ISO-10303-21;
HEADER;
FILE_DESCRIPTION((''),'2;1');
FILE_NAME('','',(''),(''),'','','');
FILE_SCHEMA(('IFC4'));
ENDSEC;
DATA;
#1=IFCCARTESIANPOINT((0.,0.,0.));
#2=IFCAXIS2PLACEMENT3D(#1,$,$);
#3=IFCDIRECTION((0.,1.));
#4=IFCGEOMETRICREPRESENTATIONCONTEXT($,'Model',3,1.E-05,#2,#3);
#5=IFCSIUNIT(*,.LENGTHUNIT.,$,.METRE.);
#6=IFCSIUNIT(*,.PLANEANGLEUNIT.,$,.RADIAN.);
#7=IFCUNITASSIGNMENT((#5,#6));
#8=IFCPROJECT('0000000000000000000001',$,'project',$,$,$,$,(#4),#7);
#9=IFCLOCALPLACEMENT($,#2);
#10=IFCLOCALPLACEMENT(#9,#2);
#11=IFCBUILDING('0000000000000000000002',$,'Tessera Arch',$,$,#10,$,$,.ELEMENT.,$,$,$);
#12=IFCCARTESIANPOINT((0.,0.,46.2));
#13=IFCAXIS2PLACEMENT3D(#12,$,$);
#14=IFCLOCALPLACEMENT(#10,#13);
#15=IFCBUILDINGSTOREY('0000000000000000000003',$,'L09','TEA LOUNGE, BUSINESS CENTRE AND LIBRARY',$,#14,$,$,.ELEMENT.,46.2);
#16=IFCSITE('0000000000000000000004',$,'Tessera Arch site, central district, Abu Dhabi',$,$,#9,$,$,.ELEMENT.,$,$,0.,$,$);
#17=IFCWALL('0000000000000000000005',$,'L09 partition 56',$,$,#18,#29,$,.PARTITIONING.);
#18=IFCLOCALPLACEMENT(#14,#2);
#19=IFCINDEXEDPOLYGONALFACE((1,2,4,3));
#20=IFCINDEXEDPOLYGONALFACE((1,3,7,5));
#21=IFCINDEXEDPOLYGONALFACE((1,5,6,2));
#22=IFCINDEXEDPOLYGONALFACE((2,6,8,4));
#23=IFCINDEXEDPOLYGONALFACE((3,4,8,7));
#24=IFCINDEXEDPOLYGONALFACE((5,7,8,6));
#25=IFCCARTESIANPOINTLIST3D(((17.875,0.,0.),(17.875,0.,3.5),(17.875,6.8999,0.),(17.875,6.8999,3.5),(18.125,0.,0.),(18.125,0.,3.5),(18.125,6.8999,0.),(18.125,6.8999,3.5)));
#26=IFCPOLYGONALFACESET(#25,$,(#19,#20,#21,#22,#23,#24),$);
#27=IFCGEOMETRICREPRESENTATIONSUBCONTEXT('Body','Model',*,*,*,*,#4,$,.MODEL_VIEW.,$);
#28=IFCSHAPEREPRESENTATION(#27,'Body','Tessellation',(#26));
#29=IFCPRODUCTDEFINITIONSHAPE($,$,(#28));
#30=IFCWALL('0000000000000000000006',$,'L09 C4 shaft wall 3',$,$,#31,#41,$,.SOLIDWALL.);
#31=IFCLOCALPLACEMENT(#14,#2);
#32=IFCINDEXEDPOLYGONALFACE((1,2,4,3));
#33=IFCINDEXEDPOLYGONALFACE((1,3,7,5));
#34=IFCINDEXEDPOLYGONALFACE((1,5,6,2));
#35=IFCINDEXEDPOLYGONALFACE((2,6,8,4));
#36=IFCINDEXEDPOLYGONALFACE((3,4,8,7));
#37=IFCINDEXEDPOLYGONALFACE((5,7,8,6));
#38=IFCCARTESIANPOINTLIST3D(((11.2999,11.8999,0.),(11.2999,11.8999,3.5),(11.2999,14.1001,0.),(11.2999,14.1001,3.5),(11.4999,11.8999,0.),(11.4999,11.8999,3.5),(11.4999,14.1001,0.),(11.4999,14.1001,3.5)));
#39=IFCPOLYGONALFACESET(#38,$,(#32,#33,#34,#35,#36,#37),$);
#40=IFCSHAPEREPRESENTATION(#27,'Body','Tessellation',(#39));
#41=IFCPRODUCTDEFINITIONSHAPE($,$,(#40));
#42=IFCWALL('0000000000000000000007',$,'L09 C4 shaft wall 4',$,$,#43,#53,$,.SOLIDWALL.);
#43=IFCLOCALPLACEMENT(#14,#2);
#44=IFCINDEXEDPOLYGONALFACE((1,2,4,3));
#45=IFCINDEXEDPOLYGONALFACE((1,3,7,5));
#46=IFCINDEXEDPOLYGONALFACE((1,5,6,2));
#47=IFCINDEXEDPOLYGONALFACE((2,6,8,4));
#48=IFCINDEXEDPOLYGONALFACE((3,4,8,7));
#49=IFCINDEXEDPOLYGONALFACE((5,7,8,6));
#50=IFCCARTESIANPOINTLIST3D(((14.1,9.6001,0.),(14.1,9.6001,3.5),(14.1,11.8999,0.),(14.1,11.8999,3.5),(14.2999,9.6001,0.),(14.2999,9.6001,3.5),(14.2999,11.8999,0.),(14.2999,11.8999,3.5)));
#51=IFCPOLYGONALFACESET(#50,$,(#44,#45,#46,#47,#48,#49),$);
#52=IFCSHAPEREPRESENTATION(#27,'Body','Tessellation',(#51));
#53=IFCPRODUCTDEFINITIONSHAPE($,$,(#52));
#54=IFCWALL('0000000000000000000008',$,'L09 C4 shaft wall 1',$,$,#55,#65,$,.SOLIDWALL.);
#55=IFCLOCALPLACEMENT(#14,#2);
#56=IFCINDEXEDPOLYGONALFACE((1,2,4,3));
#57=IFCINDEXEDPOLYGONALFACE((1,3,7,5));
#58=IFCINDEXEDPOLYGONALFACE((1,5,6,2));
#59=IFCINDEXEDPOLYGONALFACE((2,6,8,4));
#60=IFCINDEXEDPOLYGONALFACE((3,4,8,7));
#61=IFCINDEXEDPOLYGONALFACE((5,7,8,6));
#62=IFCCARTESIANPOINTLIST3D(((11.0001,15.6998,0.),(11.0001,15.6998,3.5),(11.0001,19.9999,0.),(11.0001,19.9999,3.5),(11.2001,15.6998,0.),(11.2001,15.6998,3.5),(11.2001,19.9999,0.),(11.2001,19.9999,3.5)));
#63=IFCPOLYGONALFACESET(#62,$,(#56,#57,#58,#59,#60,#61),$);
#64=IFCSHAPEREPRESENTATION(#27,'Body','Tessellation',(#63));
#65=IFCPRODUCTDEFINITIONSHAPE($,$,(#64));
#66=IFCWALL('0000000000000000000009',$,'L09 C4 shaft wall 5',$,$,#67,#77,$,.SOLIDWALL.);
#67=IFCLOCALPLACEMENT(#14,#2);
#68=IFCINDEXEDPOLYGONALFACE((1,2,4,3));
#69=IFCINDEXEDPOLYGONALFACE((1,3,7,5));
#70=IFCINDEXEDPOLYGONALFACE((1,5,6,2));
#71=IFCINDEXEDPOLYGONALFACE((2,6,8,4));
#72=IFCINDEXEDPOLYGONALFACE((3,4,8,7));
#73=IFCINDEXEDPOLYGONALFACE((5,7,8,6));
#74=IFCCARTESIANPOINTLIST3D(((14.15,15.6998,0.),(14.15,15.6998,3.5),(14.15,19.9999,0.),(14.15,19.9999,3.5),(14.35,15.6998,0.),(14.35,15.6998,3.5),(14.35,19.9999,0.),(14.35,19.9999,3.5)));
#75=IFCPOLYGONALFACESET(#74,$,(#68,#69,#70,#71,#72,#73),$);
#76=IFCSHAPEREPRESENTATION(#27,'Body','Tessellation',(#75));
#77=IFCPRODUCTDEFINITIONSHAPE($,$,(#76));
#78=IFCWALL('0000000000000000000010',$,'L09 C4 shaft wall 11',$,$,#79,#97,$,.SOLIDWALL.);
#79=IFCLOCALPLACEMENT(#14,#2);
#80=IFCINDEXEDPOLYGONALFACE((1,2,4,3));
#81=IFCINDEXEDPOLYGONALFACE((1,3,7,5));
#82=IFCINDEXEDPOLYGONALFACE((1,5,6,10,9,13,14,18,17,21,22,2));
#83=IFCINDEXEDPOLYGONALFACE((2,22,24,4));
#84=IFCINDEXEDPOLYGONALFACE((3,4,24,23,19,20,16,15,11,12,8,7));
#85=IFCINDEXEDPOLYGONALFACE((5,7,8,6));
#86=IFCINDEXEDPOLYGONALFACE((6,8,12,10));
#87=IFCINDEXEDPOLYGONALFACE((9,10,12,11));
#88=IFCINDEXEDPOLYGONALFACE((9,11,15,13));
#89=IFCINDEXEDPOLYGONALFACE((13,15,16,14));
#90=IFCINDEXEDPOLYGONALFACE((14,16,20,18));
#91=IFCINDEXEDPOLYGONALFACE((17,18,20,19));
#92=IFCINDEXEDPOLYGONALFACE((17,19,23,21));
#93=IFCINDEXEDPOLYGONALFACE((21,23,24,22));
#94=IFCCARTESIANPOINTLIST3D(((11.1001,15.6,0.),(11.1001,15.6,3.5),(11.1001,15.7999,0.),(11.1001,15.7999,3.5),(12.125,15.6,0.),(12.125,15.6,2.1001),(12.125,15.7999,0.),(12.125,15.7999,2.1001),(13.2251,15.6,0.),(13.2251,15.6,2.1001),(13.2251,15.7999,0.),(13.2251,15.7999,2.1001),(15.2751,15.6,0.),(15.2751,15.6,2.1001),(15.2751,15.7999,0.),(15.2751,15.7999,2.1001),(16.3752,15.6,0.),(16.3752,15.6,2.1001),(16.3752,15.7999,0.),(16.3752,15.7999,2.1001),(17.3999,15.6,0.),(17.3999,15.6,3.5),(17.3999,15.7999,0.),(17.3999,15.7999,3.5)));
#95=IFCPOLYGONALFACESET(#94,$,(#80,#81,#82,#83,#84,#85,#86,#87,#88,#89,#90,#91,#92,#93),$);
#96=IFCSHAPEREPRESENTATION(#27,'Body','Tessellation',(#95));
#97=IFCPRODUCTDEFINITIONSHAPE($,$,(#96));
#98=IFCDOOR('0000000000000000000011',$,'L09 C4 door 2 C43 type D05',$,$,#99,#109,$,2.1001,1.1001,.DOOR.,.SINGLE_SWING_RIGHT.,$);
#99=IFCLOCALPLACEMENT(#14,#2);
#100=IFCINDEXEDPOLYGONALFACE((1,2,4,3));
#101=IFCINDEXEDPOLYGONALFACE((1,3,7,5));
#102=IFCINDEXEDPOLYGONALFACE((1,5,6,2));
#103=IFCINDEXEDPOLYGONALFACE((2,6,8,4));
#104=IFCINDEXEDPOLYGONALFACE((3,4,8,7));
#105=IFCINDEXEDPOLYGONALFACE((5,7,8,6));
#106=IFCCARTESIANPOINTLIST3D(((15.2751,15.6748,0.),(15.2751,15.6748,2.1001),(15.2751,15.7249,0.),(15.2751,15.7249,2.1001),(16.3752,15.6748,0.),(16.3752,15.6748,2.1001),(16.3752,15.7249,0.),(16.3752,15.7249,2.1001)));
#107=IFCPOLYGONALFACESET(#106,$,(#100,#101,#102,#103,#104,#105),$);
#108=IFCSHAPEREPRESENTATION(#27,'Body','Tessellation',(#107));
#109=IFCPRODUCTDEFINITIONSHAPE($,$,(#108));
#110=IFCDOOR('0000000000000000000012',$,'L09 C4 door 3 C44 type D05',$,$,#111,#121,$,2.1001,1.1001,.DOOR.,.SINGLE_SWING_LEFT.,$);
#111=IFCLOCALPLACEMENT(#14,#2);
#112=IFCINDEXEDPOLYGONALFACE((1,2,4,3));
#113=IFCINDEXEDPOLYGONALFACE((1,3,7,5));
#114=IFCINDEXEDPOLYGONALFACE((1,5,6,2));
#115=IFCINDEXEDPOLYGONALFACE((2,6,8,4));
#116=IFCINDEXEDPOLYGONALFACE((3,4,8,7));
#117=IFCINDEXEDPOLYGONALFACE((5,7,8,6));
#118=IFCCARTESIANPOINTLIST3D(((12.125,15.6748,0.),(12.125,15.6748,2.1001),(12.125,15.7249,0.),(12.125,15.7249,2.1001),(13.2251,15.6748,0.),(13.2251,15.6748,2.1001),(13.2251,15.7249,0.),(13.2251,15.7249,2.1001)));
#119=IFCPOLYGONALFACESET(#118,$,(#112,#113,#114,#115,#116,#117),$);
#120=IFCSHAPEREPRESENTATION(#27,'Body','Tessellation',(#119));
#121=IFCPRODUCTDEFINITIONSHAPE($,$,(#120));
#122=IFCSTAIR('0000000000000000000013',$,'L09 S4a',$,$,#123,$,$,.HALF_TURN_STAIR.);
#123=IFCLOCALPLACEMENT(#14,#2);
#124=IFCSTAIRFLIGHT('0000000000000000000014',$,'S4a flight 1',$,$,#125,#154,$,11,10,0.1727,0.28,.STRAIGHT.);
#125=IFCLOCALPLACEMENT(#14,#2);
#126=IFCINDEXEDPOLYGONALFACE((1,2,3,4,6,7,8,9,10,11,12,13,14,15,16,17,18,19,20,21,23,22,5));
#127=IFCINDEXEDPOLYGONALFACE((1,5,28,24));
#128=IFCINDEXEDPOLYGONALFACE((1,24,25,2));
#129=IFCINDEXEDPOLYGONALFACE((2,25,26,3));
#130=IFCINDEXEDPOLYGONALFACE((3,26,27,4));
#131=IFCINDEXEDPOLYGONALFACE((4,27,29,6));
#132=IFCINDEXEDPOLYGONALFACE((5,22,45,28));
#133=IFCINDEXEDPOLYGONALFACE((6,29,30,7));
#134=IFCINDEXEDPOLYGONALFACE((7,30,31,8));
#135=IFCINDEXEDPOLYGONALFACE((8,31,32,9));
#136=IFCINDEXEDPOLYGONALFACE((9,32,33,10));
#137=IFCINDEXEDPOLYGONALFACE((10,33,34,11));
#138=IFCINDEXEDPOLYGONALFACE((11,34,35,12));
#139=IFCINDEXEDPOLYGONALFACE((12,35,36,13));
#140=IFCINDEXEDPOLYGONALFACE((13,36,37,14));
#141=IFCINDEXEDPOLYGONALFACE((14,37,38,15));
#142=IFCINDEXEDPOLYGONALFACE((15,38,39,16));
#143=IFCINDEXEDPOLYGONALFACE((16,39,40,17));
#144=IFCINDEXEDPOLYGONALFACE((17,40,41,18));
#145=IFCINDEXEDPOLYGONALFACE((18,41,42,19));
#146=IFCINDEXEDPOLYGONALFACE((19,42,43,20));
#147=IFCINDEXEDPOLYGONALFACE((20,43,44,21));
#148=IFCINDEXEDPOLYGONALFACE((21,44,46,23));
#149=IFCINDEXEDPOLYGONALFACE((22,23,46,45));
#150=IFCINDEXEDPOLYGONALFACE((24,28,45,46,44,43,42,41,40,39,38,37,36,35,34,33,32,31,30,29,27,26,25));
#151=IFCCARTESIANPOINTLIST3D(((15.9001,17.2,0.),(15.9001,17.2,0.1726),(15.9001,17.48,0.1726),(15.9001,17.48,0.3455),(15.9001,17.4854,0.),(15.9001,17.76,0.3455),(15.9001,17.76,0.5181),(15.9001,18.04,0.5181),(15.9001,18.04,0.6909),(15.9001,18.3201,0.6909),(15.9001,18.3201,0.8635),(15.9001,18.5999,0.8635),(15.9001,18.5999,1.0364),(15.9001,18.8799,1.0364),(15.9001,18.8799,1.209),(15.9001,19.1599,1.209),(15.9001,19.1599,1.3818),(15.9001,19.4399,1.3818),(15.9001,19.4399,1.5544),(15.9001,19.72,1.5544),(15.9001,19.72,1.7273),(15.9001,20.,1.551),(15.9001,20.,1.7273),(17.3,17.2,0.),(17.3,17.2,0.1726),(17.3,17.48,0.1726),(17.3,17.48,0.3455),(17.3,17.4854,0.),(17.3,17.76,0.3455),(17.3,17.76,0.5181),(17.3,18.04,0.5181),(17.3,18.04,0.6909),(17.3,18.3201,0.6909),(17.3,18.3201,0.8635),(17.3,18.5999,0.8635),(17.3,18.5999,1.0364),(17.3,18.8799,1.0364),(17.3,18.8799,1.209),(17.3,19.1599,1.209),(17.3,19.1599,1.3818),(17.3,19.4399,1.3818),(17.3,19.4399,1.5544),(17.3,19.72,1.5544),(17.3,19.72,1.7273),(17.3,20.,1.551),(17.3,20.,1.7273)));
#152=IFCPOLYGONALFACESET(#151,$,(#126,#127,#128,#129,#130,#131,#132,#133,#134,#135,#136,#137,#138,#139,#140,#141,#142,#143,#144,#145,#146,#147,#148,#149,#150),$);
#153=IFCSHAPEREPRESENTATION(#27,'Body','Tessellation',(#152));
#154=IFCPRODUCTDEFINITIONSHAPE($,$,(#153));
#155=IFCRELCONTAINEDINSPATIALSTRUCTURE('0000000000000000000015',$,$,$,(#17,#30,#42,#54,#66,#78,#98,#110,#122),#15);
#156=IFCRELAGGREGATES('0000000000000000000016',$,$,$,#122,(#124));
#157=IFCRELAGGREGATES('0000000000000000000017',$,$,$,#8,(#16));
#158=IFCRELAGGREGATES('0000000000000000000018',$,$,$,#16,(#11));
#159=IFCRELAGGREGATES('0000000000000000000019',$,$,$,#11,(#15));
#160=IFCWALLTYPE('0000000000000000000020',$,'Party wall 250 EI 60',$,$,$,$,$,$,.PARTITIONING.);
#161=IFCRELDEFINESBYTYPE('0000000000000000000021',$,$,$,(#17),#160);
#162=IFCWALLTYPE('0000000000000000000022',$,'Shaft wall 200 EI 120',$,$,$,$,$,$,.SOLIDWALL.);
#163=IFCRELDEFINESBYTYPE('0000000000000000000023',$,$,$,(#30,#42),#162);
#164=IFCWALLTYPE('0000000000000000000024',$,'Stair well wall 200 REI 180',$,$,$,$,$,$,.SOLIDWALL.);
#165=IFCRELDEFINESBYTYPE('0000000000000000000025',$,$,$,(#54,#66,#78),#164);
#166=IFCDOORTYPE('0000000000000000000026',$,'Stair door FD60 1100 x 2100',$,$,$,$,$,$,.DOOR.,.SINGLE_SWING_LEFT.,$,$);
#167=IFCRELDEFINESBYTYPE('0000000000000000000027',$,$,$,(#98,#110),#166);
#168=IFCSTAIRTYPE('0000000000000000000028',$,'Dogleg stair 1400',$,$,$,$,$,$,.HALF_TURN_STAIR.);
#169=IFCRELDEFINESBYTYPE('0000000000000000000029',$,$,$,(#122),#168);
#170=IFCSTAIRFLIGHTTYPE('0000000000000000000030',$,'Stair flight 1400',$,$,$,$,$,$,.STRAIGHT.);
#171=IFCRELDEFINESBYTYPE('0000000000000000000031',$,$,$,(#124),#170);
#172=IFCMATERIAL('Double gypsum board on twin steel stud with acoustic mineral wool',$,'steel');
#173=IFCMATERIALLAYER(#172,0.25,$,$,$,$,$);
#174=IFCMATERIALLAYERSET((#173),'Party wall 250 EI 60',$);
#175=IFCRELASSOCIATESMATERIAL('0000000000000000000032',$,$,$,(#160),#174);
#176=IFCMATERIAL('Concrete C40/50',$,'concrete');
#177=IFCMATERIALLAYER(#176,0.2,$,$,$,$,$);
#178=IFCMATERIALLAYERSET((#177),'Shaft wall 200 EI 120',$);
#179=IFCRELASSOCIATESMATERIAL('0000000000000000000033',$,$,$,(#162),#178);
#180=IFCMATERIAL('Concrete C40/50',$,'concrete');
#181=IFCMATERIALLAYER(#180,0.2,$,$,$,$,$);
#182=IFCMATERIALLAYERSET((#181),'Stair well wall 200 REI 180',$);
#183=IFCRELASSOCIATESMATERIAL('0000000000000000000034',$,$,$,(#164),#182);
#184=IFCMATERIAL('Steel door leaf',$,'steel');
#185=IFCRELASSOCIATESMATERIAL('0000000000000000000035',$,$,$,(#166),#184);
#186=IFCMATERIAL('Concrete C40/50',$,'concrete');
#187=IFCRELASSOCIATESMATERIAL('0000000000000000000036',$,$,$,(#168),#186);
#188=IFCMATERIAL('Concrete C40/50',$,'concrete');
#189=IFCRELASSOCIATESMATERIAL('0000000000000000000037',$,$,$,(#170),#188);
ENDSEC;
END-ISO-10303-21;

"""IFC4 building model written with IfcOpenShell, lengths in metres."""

from ifc_helpers import new_model, si_unit, direction, frame, frame_2d, origin, place, context, subcontext, project, spatial, polyline, rectangle, outline, extrude, material, layer, layer_set, type_object, element, fill, aggregate, save


model = new_model("IFC4")

# Units and contexts
model_context = context("Model", 3, precision=1e-05, world=origin(), true_north=direction((0.0, 1.0)))
body_context = subcontext(model_context, "Body", "Model", "MODEL_VIEW")
ifc_project = project(units=[si_unit("LENGTHUNIT", "METRE"), si_unit("PLANEANGLEUNIT", "RADIAN")], contexts=[model_context])

# Site, building, storey
site_placement = place(None, origin())
site = spatial("IfcSite", under=ifc_project, at=site_placement, Name="Tessera Arch site, central district, Abu Dhabi", CompositionType="ELEMENT", RefElevation=0.0)
building_placement = place(site_placement, origin())
building = spatial("IfcBuilding", under=site, at=building_placement, Name="Tessera Arch", CompositionType="ELEMENT")
storey_placement = place(building_placement, frame((0.0, 0.0, 46.2)))
storey = spatial("IfcBuildingStorey", under=building, at=storey_placement, Name="L09", Description="TEA LOUNGE, BUSINESS CENTRE AND LIBRARY", CompositionType="ELEMENT", Elevation=46.2)

# Walls
ifc_material_1 = material(Name="Double gypsum board on twin steel stud with acoustic mineral wool", Category="steel")
ifc_layer_1 = layer(ifc_material_1, 0.25)
ifc_layer_set_1 = layer_set([ifc_layer_1], Name="Party wall 250 EI 60")
wall_type_1 = type_object("IfcWallType", Name="Party wall 250 EI 60", PredefinedType="PARTITIONING", material=ifc_layer_set_1)
wall_1_placement = place(storey_placement, frame((18.0, 0.0, 0.0), z_axis=(0.0, 0.0, 1.0), x_axis=(0.0, 1.0, 0.0)))
element("IfcWall", 1, at=wall_1_placement, inside=storey, type_object=wall_type_1, Name="L09 partition 56", PredefinedType="PARTITIONING", context=body_context, shape_type="SweptSolid", body=[
    extrude(rectangle(XDim=6.8999, YDim=0.25, at=frame_2d((3.45, 0.0))), origin(), (0.0, 0.0, 1.0), 3.5),
])
ifc_material_2 = material(Name="Concrete C40/50", Category="concrete")
ifc_layer_2 = layer(ifc_material_2, 0.2)
ifc_layer_set_2 = layer_set([ifc_layer_2], Name="Shaft wall 200 EI 120")
wall_type_2 = type_object("IfcWallType", Name="Shaft wall 200 EI 120", PredefinedType="SOLIDWALL", material=ifc_layer_set_2)
wall_2_placement = place(storey_placement, frame((11.3999, 11.8999, 0.0), z_axis=(0.0, 0.0, 1.0), x_axis=(0.0, 1.0, 0.0)))
element("IfcWall", 2, at=wall_2_placement, inside=storey, type_object=wall_type_2, Name="L09 C4 shaft wall 3", PredefinedType="SOLIDWALL", context=body_context, shape_type="SweptSolid", body=[
    extrude(rectangle(XDim=2.2002, YDim=0.2, at=frame_2d((1.1001, 0.0))), origin(), (0.0, 0.0, 1.0), 3.5),
])
wall_3_placement = place(storey_placement, frame((14.2, 9.6001, 0.0), z_axis=(0.0, 0.0, 1.0), x_axis=(0.0, 1.0, 0.0)))
element("IfcWall", 3, at=wall_3_placement, inside=storey, type_object=wall_type_2, Name="L09 C4 shaft wall 4", PredefinedType="SOLIDWALL", context=body_context, shape_type="SweptSolid", body=[
    extrude(rectangle(XDim=2.2998, YDim=0.2, at=frame_2d((1.1499, 0.0))), origin(), (0.0, 0.0, 1.0), 3.5),
])
ifc_material_3 = material(Name="Concrete C40/50", Category="concrete")
ifc_layer_3 = layer(ifc_material_3, 0.2)
ifc_layer_set_3 = layer_set([ifc_layer_3], Name="Stair well wall 200 REI 180")
wall_type_3 = type_object("IfcWallType", Name="Stair well wall 200 REI 180", PredefinedType="SOLIDWALL", material=ifc_layer_set_3)
for number, where, z_axis, x_axis, name in (
    (4, (11.1001, 15.7, 0.0), (0.0, 0.0, 1.0), (0.0, 1.0, 0.0), "L09 C4 shaft wall 1"),
    (5, (14.25, 15.7, 0.0), (0.0, 0.0, 1.0), (0.0, 1.0, 0.0), "L09 C4 shaft wall 5"),
):
    element("IfcWall", number, at=place(storey_placement, frame(where, z_axis=z_axis, x_axis=x_axis)), inside=storey, type_object=wall_type_3, Name=name, PredefinedType="SOLIDWALL", context=body_context, shape_type="SweptSolid", body=[
        extrude(rectangle(XDim=4.3, YDim=0.2, at=frame_2d((2.1499, 0.0))), origin(), (0.0, 0.0, 1.0), 3.5),
    ])

# Wall, openings, doors
wall_4_placement = place(storey_placement, frame((11.1001, 15.7, 0.0), z_axis=(0.0, 0.0, 1.0), x_axis=(1.0, 0.0, 0.0)))
wall_4 = element("IfcWall", 6, at=wall_4_placement, inside=storey, type_object=wall_type_3, Name="L09 C4 shaft wall 11", PredefinedType="SOLIDWALL", context=body_context, shape_type="SweptSolid", body=[
    extrude(rectangle(XDim=6.2998, YDim=0.2, at=frame_2d((3.1499, 0.0))), origin(), (0.0, 0.0, 1.0), 3.5),
])
opening_1_placement = place(wall_4_placement, frame((4.175, 0.0, 0.0)))
opening_1 = element("IfcOpeningElement", 7, at=opening_1_placement, cuts=wall_4, PredefinedType="OPENING", context=body_context, shape_type="SweptSolid", body=[
    extrude(rectangle(XDim=1.1001, YDim=2.1001, at=frame_2d((0.55, 1.05))), frame((0.0, 0.1099, 0.0), z_axis=(0.0, -1.0, 0.0), x_axis=(1.0, 0.0, 0.0)), (0.0, 0.0, 1.0), 0.22),
])
opening_2_placement = place(wall_4_placement, frame((1.0249, 0.0, 0.0)))
opening_2 = element("IfcOpeningElement", 8, at=opening_2_placement, cuts=wall_4, PredefinedType="OPENING", context=body_context, shape_type="SweptSolid", body=[
    extrude(rectangle(XDim=1.1001, YDim=2.1001, at=frame_2d((0.55, 1.05))), frame((0.0, 0.1099, 0.0), z_axis=(0.0, -1.0, 0.0), x_axis=(1.0, 0.0, 0.0)), (0.0, 0.0, 1.0), 0.22),
])
ifc_material_4 = material(Name="Steel door leaf", Category="steel")
door_type_1 = type_object("IfcDoorType", Name="Stair door FD60 1100 x 2100", OperationType="SINGLE_SWING_LEFT", PredefinedType="DOOR", material=ifc_material_4)
door_1_placement = place(opening_1_placement, origin())
door_1 = element("IfcDoor", 9, at=door_1_placement, inside=storey, type_object=door_type_1, Name="L09 C4 door 2 C43 type D05", OperationType="SINGLE_SWING_RIGHT", OverallHeight=2.1001, OverallWidth=1.1001, PredefinedType="DOOR", context=body_context, shape_type="SweptSolid", body=[
    extrude(rectangle(XDim=1.1001, YDim=2.1001, at=frame_2d((0.55, 1.05))), frame((0.0, 0.0249, 0.0), z_axis=(0.0, -1.0, 0.0), x_axis=(1.0, 0.0, 0.0)), (0.0, 0.0, 1.0), 0.05),
])
fill(opening_1, door_1)
door_2_placement = place(opening_2_placement, origin())
door_2 = element("IfcDoor", 10, at=door_2_placement, inside=storey, type_object=door_type_1, Name="L09 C4 door 3 C44 type D05", OperationType="SINGLE_SWING_LEFT", OverallHeight=2.1001, OverallWidth=1.1001, PredefinedType="DOOR", context=body_context, shape_type="SweptSolid", body=[
    extrude(rectangle(XDim=1.1001, YDim=2.1001, at=frame_2d((0.55, 1.05))), frame((0.0, 0.0249, 0.0), z_axis=(0.0, -1.0, 0.0), x_axis=(1.0, 0.0, 0.0)), (0.0, 0.0, 1.0), 0.05),
])
fill(opening_2, door_2)

# Stair, stair flight
ifc_material_5 = material(Name="Concrete C40/50", Category="concrete")
stair_type = type_object("IfcStairType", Name="Dogleg stair 1400", PredefinedType="HALF_TURN_STAIR", material=ifc_material_5)
stair_1_placement = place(storey_placement, origin())
stair_1 = element("IfcStair", 11, at=stair_1_placement, inside=storey, type_object=stair_type, Name="L09 S4a", PredefinedType="HALF_TURN_STAIR")
ifc_material_6 = material(Name="Concrete C40/50", Category="concrete")
stair_flight_type = type_object("IfcStairFlightType", Name="Stair flight 1400", PredefinedType="STRAIGHT", material=ifc_material_6)
stair_flight_1_placement = place(storey_placement, frame((16.6001, 17.2, 0.0), z_axis=(0.0, 0.0, 1.0), x_axis=(0.0, 1.0, 0.0)))
stair_flight_1 = element("IfcStairFlight", 12, at=stair_flight_1_placement, type_object=stair_flight_type, Name="S4a flight 1", NumberOfRisers=11, NumberOfTreads=10, PredefinedType="STRAIGHT", RiserHeight=0.1727, TreadLength=0.28, context=body_context, shape_type="SweptSolid", body=[
    extrude(outline(polyline([(0.0, 0.0), (0.0, 0.1726), (0.28, 0.1726), (0.28, 0.3455), (0.5601, 0.3455), (0.5601, 0.5181), (0.8401, 0.5181), (0.8401, 0.6909), (1.1201, 0.6909), (1.1201, 0.8635), (1.3999, 0.8635), (1.3999, 1.0364), (1.6799, 1.0364), (1.6799, 1.209), (1.96, 1.209), (1.96, 1.3818), (2.24, 1.3818), (2.24, 1.5544), (2.52, 1.5544), (2.52, 1.7273), (2.8, 1.7273), (2.8, 1.8999), (2.8, 1.551), (0.2854, 0.0), (0.0, 0.0)])), frame((0.0, 0.7, 0.0), z_axis=(0.0, -1.0, 0.0), x_axis=(1.0, 0.0, 0.0)), (0.0, 0.0, 1.0), 1.3999),
])
aggregate(stair_1, [stair_flight_1])

save(model, "model.ifc")
